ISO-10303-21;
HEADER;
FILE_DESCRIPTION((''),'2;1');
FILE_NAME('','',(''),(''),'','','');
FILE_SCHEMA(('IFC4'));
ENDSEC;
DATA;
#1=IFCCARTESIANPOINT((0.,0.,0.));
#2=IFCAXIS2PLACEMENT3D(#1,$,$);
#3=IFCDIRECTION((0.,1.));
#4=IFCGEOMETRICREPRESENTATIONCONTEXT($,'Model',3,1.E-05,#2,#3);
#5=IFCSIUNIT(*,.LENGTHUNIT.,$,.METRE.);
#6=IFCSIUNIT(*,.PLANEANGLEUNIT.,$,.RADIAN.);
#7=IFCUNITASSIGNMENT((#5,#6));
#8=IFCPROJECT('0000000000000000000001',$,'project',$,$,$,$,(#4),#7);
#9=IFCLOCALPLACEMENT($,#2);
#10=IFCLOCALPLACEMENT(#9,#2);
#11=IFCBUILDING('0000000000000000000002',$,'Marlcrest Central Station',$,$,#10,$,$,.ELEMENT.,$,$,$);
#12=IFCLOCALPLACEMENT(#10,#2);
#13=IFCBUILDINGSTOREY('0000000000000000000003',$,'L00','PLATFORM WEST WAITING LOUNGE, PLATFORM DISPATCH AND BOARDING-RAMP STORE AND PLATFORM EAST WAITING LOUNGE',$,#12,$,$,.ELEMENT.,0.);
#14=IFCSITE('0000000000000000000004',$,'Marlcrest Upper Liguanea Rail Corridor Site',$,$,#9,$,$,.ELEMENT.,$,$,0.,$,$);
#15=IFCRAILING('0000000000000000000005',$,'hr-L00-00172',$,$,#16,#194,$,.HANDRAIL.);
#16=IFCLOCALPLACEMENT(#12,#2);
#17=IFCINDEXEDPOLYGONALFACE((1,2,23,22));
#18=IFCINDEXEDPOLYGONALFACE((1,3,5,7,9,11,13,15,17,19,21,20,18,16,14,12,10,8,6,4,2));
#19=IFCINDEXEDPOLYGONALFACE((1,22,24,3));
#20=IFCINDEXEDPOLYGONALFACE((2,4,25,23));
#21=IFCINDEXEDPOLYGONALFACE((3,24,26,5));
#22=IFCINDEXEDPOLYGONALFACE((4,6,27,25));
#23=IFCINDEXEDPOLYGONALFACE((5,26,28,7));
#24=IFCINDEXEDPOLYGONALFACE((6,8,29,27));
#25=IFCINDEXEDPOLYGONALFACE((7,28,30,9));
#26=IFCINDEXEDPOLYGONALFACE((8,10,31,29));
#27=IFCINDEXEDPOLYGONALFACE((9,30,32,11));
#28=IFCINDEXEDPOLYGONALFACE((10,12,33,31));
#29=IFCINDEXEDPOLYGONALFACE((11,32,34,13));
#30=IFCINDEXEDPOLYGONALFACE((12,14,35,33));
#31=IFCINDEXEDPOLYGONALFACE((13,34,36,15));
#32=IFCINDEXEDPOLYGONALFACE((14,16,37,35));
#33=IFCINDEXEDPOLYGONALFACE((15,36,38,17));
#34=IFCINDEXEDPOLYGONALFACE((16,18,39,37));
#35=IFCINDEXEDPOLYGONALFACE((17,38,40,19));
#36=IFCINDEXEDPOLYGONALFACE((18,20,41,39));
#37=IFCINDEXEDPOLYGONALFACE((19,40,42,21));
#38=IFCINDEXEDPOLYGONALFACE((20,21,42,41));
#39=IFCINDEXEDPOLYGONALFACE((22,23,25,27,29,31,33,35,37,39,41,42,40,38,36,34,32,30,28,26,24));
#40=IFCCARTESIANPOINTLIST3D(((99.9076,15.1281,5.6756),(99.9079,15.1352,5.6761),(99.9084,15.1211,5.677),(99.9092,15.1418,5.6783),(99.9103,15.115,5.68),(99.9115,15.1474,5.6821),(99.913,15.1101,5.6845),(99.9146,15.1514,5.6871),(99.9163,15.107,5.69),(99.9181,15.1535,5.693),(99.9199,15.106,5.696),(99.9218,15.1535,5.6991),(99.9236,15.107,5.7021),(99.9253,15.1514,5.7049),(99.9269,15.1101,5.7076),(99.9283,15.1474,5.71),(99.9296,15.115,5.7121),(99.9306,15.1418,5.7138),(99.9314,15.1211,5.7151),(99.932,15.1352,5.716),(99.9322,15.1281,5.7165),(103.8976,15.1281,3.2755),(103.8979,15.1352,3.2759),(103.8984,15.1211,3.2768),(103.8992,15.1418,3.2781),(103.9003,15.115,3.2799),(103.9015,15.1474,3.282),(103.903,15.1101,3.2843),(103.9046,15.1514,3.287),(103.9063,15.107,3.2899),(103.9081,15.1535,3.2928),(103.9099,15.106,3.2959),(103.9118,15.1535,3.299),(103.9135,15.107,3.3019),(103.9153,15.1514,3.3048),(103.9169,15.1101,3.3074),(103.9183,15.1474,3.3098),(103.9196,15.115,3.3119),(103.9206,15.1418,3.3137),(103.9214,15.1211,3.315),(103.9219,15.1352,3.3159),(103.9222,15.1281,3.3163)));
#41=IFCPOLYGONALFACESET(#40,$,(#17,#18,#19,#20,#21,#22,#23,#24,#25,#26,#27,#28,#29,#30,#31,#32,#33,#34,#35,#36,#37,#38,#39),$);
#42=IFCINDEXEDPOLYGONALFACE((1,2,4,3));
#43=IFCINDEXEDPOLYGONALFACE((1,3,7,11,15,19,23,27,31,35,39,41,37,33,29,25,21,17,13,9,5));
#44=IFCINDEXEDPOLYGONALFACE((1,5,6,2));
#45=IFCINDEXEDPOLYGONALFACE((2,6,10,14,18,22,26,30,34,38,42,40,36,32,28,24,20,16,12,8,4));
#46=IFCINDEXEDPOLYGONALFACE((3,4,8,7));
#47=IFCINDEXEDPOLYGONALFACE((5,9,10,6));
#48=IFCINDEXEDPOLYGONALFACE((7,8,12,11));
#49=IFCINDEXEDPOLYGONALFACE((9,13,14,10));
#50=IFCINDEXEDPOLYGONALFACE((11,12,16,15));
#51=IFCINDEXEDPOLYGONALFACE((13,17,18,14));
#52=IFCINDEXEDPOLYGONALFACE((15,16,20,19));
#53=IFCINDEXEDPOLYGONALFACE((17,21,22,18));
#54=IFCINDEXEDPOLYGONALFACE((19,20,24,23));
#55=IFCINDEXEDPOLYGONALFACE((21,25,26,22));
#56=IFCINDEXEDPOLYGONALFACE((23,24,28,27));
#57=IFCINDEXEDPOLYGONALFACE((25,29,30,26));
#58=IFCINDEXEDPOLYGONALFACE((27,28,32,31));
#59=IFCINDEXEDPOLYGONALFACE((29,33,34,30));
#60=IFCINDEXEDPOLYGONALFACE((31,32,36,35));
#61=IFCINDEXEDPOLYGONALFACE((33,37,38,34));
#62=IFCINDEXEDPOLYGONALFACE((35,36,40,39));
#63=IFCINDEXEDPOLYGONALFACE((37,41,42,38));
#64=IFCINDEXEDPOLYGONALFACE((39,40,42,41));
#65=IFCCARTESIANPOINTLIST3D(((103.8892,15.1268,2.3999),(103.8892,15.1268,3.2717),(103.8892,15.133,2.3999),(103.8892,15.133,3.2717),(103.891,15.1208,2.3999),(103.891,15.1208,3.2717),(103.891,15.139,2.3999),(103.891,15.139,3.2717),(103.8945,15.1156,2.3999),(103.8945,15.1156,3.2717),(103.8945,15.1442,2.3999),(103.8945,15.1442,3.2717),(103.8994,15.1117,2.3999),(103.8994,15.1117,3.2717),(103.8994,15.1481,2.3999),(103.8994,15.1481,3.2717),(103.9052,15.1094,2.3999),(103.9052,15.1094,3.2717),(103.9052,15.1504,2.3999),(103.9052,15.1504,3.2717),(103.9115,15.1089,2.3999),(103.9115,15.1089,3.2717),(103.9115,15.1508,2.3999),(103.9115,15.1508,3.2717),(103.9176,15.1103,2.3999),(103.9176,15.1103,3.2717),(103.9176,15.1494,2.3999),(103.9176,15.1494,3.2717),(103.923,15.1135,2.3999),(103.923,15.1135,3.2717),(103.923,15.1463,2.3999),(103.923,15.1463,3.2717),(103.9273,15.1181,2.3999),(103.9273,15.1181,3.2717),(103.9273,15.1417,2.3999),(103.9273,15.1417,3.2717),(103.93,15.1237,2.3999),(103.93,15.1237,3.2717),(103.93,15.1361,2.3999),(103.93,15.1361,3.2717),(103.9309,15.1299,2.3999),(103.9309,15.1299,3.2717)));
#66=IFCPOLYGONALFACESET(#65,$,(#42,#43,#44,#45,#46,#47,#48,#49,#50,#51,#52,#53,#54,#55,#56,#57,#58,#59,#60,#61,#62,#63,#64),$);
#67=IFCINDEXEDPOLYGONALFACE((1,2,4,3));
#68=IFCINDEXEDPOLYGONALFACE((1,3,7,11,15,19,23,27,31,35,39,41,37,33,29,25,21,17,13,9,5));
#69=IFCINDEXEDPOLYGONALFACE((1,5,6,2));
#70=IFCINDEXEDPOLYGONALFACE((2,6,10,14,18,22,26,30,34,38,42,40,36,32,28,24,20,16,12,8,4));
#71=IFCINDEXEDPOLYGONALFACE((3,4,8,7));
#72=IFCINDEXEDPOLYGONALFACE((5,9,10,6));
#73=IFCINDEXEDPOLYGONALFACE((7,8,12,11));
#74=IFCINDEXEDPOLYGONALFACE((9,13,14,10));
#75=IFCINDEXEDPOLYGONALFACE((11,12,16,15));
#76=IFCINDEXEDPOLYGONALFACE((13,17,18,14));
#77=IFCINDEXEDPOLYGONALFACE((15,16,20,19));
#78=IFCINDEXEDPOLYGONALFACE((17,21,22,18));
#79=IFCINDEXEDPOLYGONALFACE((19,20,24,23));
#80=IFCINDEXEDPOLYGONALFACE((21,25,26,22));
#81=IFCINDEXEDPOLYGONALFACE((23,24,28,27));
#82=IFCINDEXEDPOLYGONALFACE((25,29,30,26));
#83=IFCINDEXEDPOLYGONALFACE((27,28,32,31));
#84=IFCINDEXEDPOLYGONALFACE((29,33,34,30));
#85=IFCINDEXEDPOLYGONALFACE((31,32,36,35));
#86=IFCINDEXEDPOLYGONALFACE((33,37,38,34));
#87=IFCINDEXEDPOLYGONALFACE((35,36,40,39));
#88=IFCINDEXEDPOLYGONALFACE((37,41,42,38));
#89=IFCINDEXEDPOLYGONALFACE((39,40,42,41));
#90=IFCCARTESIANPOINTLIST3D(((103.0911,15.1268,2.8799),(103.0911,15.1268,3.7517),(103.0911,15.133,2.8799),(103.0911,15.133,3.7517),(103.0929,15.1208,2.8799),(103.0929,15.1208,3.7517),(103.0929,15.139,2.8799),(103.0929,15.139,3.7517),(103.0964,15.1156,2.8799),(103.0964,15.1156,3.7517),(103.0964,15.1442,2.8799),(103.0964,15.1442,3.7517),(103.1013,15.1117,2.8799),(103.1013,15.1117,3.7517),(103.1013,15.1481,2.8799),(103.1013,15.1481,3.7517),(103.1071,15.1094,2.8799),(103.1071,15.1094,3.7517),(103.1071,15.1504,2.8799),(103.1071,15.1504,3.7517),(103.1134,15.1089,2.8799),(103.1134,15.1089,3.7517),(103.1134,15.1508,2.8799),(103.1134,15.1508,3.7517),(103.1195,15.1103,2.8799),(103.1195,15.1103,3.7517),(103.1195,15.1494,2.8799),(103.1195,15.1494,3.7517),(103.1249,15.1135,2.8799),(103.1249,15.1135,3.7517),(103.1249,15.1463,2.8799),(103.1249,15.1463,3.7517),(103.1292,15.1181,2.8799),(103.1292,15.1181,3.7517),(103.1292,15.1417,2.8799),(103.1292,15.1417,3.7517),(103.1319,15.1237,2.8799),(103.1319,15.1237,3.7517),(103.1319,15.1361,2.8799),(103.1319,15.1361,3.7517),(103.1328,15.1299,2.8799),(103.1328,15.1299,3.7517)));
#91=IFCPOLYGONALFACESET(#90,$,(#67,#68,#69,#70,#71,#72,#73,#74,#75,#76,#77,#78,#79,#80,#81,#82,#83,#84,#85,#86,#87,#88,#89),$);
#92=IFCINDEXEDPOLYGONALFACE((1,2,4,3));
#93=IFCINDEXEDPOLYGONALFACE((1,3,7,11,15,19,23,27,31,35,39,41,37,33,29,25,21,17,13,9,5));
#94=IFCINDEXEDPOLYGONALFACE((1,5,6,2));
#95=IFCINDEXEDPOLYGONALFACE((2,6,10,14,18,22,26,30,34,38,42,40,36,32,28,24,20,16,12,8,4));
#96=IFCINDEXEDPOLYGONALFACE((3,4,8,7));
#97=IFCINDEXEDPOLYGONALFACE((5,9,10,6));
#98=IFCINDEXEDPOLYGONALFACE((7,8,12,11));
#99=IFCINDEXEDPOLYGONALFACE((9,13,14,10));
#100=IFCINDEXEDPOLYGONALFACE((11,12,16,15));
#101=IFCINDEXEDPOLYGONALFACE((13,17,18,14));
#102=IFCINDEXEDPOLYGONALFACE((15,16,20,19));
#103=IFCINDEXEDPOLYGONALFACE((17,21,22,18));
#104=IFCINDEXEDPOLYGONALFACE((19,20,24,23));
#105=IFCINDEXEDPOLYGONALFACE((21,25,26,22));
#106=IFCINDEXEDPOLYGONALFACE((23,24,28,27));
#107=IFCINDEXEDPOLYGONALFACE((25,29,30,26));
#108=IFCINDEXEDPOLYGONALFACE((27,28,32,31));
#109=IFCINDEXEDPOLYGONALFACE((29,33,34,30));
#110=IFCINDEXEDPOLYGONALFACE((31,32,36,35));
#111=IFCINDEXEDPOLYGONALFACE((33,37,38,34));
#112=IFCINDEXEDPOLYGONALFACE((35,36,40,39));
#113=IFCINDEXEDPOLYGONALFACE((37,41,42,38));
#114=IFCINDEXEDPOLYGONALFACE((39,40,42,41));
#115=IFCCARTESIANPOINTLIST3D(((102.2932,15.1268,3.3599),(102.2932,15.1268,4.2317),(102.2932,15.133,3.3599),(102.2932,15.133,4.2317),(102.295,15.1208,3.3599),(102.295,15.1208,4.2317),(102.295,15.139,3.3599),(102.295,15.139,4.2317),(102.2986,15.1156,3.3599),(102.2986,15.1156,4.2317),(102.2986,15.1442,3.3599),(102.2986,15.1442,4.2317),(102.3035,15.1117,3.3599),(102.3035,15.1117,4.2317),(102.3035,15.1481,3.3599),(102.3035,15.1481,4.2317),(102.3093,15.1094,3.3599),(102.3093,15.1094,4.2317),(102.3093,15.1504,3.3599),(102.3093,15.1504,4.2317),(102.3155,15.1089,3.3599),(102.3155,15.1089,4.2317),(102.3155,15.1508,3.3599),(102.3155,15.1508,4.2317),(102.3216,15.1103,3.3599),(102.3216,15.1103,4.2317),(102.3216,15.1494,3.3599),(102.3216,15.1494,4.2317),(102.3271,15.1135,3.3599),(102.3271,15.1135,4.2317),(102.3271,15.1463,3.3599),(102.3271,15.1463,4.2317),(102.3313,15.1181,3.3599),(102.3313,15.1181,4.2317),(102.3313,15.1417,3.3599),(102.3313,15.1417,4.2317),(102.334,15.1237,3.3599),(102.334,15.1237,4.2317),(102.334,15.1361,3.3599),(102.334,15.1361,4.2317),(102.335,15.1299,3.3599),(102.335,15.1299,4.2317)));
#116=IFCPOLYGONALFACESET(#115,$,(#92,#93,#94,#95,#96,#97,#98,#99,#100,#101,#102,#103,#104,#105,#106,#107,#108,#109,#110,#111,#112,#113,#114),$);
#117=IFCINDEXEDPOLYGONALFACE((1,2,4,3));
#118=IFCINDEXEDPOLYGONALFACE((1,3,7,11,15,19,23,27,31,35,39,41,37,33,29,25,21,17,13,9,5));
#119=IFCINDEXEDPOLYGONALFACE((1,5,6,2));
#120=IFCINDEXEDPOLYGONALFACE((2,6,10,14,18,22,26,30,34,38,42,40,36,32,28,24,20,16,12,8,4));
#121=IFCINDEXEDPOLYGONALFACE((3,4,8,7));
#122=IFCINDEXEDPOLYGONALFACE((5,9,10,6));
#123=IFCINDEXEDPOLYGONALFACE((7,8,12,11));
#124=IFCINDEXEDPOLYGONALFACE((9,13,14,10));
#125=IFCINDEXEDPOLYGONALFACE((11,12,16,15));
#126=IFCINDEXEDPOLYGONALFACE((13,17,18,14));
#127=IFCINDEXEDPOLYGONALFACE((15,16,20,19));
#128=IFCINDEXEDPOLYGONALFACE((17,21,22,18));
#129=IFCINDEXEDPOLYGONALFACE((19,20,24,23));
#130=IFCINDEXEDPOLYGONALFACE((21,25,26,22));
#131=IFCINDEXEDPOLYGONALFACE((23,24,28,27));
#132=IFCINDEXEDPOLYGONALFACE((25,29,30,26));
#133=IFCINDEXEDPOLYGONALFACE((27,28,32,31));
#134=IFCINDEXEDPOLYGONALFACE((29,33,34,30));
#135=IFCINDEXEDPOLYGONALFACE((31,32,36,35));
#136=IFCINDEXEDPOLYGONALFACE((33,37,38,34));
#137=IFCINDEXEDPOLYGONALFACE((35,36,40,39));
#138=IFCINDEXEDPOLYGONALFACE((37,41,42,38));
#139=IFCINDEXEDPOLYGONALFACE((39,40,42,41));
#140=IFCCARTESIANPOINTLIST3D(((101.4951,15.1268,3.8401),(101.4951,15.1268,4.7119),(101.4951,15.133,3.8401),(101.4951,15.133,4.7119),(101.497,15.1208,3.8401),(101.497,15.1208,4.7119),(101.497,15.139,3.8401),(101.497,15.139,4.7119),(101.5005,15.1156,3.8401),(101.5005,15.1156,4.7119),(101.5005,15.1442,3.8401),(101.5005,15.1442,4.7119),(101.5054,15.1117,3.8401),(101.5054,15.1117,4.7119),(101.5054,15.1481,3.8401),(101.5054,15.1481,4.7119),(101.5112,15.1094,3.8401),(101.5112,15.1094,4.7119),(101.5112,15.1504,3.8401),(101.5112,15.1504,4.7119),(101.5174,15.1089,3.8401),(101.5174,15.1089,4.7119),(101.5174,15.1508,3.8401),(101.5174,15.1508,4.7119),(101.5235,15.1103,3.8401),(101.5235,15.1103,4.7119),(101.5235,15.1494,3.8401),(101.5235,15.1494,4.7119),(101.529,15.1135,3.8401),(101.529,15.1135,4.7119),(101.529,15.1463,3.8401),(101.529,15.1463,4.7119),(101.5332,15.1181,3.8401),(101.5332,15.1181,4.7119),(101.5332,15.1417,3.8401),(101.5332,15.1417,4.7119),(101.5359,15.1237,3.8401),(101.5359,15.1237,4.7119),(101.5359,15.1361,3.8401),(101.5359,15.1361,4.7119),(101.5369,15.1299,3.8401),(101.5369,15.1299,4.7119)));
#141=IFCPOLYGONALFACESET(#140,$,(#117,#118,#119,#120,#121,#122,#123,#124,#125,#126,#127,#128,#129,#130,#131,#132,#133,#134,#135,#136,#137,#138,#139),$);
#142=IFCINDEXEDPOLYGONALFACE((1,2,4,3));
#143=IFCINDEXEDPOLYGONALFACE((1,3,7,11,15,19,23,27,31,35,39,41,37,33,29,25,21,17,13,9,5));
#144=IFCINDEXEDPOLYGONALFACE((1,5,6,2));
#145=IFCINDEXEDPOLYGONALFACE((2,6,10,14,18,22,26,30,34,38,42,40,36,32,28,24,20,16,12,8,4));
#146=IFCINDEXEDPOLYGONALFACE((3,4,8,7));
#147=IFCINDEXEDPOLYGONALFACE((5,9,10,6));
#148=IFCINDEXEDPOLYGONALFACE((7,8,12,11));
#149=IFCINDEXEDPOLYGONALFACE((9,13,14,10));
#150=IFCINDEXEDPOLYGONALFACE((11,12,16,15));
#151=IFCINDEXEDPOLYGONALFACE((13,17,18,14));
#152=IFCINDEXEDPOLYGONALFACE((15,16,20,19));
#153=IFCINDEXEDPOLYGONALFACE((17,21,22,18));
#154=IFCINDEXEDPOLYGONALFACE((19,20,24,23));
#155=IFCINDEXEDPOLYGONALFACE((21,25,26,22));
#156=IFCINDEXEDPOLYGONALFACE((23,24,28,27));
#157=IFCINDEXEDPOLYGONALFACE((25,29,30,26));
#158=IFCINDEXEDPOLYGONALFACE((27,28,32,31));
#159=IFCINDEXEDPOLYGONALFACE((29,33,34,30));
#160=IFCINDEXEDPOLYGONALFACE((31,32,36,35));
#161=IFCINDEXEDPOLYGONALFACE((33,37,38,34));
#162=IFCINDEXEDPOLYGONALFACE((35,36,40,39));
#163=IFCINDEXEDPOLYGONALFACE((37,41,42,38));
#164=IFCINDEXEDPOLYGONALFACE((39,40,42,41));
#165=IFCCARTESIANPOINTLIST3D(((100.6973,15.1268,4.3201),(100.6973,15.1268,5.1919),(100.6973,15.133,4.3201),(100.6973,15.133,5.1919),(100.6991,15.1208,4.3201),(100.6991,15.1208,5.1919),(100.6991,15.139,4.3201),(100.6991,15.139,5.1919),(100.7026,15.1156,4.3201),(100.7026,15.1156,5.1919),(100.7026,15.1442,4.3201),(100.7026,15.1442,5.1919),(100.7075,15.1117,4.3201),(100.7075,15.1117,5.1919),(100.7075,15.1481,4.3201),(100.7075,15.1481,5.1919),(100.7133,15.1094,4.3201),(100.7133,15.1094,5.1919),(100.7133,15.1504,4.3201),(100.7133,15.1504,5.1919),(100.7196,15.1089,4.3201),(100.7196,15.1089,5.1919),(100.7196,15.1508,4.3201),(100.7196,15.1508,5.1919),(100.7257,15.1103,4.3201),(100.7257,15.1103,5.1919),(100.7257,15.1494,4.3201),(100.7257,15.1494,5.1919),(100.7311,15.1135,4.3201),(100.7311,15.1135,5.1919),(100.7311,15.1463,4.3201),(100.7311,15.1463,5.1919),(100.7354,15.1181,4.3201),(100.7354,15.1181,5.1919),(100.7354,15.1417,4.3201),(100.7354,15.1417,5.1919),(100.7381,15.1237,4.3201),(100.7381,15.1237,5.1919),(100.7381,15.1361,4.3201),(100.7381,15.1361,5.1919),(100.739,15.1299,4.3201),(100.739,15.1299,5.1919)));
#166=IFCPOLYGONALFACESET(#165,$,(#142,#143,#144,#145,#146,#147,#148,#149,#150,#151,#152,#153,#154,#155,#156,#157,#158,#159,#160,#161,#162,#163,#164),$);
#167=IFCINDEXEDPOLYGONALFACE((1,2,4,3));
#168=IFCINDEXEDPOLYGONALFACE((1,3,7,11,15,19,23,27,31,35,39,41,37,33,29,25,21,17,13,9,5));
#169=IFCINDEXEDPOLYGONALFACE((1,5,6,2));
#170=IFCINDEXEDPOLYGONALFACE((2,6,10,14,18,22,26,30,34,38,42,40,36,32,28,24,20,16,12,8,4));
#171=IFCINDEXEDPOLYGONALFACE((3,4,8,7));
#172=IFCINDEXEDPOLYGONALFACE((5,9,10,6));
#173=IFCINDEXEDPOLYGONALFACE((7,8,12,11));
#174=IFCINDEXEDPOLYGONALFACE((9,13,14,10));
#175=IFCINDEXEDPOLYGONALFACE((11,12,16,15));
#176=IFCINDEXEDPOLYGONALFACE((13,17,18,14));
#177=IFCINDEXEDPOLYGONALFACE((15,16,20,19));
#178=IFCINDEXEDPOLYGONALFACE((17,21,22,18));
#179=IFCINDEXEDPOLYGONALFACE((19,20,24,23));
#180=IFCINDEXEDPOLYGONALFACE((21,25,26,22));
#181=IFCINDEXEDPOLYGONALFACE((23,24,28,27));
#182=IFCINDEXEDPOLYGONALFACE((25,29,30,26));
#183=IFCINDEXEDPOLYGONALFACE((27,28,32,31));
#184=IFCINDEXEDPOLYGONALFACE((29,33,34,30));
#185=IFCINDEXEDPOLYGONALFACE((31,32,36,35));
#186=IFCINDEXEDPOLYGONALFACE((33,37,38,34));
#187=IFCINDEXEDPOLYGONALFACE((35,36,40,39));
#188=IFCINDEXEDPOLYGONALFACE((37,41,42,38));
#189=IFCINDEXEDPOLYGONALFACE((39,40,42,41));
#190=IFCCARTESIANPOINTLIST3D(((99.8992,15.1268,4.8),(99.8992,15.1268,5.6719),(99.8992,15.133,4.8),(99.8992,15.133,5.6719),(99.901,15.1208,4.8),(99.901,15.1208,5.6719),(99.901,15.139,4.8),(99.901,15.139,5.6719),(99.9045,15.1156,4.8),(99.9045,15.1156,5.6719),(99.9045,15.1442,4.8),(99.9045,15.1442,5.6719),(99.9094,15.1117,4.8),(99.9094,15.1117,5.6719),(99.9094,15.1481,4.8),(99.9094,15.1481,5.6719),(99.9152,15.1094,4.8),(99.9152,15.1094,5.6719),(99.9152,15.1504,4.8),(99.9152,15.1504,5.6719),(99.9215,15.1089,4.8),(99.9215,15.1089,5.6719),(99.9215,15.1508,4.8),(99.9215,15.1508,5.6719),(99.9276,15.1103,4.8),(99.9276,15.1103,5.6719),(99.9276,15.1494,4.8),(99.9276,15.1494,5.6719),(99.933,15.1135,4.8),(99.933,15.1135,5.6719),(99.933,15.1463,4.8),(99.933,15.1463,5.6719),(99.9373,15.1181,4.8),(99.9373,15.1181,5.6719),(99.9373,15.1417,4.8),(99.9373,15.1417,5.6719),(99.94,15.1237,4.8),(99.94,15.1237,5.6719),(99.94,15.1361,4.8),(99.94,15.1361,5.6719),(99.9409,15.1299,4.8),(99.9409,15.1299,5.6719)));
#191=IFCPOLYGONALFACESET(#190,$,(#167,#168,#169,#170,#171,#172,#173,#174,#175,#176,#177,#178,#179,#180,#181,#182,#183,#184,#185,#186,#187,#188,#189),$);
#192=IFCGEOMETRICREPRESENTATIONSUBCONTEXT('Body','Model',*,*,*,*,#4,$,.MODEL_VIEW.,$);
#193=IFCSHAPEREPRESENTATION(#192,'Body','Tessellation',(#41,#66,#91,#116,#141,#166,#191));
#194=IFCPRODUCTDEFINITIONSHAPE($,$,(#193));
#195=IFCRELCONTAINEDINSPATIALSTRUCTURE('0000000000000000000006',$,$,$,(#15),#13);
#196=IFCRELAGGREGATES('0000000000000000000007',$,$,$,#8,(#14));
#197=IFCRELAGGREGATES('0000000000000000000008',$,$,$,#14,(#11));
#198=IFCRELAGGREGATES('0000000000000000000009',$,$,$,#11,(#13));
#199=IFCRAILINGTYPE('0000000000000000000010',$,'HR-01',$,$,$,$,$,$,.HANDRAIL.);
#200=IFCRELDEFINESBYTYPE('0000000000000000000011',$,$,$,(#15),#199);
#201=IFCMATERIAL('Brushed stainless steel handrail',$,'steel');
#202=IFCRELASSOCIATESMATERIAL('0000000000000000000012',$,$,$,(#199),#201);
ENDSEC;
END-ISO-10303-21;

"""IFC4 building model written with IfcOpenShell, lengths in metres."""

from ifc_helpers import new_model, si_unit, direction, frame, origin, origin_2d, place, context, subcontext, project, spatial, circle, extrude, material, type_object, element, save


model = new_model("IFC4")

# Units and contexts
model_context = context("Model", 3, precision=1e-05, world=origin(), true_north=direction((0.0, 1.0)))
body_context = subcontext(model_context, "Body", "Model", "MODEL_VIEW")
ifc_project = project(units=[si_unit("LENGTHUNIT", "METRE"), si_unit("PLANEANGLEUNIT", "RADIAN")], contexts=[model_context])

# Site, building, storey
site_placement = place(None, origin())
site = spatial("IfcSite", under=ifc_project, at=site_placement, Name="Marlcrest Upper Liguanea Rail Corridor Site", CompositionType="ELEMENT", RefElevation=0.0)
building_placement = place(site_placement, origin())
building = spatial("IfcBuilding", under=site, at=building_placement, Name="Marlcrest Central Station", CompositionType="ELEMENT")
storey_placement = place(building_placement, origin())
storey = spatial("IfcBuildingStorey", under=building, at=storey_placement, Name="L00", Description="PLATFORM WEST WAITING LOUNGE, PLATFORM DISPATCH AND BOARDING-RAMP STORE AND PLATFORM EAST WAITING LOUNGE", CompositionType="ELEMENT", Elevation=0.0)

# Railing
ifc_material_1 = material(Name="Brushed stainless steel handrail", Category="steel")
railing_type_1 = type_object("IfcRailingType", Name="HR-01", PredefinedType="HANDRAIL", material=ifc_material_1)
railing_1_placement = place(storey_placement, frame((103.9099, 15.1299, 2.3999)))
element("IfcRailing", 1, at=railing_1_placement, inside=storey, type_object=railing_type_1, Name="hr-L00-00172", PredefinedType="HANDRAIL", context=body_context, shape_type="SweptSolid", body=[
    extrude(circle(Radius=0.0239, at=origin_2d()), frame((0.0, 0.0, 0.896), z_axis=(-0.856909, 0.0, 0.515467), x_axis=(0.0, -1.0, 0.0)), (0.0, 0.0, 1.0), 4.6562),
    extrude(circle(Radius=0.021, at=origin_2d()), origin(), (0.0, 0.0, 1.0), 0.8718),
    extrude(circle(Radius=0.021, at=origin_2d()), frame((-0.7981, 0.0, 0.48)), (0.0, 0.0, 1.0), 0.8718),
    extrude(circle(Radius=0.021, at=origin_2d()), frame((-1.5959, 0.0, 0.96)), (0.0, 0.0, 1.0), 0.8718),
    extrude(circle(Radius=0.021, at=origin_2d()), frame((-2.394, 0.0, 1.4402)), (0.0, 0.0, 1.0), 0.8718),
    extrude(circle(Radius=0.021, at=origin_2d()), frame((-3.1919, 0.0, 1.9202)), (0.0, 0.0, 1.0), 0.8718),
    extrude(circle(Radius=0.021, at=origin_2d()), frame((-3.99, 0.0, 2.4001)), (0.0, 0.0, 1.0), 0.8718),
])

save(model, "model.ifc")
